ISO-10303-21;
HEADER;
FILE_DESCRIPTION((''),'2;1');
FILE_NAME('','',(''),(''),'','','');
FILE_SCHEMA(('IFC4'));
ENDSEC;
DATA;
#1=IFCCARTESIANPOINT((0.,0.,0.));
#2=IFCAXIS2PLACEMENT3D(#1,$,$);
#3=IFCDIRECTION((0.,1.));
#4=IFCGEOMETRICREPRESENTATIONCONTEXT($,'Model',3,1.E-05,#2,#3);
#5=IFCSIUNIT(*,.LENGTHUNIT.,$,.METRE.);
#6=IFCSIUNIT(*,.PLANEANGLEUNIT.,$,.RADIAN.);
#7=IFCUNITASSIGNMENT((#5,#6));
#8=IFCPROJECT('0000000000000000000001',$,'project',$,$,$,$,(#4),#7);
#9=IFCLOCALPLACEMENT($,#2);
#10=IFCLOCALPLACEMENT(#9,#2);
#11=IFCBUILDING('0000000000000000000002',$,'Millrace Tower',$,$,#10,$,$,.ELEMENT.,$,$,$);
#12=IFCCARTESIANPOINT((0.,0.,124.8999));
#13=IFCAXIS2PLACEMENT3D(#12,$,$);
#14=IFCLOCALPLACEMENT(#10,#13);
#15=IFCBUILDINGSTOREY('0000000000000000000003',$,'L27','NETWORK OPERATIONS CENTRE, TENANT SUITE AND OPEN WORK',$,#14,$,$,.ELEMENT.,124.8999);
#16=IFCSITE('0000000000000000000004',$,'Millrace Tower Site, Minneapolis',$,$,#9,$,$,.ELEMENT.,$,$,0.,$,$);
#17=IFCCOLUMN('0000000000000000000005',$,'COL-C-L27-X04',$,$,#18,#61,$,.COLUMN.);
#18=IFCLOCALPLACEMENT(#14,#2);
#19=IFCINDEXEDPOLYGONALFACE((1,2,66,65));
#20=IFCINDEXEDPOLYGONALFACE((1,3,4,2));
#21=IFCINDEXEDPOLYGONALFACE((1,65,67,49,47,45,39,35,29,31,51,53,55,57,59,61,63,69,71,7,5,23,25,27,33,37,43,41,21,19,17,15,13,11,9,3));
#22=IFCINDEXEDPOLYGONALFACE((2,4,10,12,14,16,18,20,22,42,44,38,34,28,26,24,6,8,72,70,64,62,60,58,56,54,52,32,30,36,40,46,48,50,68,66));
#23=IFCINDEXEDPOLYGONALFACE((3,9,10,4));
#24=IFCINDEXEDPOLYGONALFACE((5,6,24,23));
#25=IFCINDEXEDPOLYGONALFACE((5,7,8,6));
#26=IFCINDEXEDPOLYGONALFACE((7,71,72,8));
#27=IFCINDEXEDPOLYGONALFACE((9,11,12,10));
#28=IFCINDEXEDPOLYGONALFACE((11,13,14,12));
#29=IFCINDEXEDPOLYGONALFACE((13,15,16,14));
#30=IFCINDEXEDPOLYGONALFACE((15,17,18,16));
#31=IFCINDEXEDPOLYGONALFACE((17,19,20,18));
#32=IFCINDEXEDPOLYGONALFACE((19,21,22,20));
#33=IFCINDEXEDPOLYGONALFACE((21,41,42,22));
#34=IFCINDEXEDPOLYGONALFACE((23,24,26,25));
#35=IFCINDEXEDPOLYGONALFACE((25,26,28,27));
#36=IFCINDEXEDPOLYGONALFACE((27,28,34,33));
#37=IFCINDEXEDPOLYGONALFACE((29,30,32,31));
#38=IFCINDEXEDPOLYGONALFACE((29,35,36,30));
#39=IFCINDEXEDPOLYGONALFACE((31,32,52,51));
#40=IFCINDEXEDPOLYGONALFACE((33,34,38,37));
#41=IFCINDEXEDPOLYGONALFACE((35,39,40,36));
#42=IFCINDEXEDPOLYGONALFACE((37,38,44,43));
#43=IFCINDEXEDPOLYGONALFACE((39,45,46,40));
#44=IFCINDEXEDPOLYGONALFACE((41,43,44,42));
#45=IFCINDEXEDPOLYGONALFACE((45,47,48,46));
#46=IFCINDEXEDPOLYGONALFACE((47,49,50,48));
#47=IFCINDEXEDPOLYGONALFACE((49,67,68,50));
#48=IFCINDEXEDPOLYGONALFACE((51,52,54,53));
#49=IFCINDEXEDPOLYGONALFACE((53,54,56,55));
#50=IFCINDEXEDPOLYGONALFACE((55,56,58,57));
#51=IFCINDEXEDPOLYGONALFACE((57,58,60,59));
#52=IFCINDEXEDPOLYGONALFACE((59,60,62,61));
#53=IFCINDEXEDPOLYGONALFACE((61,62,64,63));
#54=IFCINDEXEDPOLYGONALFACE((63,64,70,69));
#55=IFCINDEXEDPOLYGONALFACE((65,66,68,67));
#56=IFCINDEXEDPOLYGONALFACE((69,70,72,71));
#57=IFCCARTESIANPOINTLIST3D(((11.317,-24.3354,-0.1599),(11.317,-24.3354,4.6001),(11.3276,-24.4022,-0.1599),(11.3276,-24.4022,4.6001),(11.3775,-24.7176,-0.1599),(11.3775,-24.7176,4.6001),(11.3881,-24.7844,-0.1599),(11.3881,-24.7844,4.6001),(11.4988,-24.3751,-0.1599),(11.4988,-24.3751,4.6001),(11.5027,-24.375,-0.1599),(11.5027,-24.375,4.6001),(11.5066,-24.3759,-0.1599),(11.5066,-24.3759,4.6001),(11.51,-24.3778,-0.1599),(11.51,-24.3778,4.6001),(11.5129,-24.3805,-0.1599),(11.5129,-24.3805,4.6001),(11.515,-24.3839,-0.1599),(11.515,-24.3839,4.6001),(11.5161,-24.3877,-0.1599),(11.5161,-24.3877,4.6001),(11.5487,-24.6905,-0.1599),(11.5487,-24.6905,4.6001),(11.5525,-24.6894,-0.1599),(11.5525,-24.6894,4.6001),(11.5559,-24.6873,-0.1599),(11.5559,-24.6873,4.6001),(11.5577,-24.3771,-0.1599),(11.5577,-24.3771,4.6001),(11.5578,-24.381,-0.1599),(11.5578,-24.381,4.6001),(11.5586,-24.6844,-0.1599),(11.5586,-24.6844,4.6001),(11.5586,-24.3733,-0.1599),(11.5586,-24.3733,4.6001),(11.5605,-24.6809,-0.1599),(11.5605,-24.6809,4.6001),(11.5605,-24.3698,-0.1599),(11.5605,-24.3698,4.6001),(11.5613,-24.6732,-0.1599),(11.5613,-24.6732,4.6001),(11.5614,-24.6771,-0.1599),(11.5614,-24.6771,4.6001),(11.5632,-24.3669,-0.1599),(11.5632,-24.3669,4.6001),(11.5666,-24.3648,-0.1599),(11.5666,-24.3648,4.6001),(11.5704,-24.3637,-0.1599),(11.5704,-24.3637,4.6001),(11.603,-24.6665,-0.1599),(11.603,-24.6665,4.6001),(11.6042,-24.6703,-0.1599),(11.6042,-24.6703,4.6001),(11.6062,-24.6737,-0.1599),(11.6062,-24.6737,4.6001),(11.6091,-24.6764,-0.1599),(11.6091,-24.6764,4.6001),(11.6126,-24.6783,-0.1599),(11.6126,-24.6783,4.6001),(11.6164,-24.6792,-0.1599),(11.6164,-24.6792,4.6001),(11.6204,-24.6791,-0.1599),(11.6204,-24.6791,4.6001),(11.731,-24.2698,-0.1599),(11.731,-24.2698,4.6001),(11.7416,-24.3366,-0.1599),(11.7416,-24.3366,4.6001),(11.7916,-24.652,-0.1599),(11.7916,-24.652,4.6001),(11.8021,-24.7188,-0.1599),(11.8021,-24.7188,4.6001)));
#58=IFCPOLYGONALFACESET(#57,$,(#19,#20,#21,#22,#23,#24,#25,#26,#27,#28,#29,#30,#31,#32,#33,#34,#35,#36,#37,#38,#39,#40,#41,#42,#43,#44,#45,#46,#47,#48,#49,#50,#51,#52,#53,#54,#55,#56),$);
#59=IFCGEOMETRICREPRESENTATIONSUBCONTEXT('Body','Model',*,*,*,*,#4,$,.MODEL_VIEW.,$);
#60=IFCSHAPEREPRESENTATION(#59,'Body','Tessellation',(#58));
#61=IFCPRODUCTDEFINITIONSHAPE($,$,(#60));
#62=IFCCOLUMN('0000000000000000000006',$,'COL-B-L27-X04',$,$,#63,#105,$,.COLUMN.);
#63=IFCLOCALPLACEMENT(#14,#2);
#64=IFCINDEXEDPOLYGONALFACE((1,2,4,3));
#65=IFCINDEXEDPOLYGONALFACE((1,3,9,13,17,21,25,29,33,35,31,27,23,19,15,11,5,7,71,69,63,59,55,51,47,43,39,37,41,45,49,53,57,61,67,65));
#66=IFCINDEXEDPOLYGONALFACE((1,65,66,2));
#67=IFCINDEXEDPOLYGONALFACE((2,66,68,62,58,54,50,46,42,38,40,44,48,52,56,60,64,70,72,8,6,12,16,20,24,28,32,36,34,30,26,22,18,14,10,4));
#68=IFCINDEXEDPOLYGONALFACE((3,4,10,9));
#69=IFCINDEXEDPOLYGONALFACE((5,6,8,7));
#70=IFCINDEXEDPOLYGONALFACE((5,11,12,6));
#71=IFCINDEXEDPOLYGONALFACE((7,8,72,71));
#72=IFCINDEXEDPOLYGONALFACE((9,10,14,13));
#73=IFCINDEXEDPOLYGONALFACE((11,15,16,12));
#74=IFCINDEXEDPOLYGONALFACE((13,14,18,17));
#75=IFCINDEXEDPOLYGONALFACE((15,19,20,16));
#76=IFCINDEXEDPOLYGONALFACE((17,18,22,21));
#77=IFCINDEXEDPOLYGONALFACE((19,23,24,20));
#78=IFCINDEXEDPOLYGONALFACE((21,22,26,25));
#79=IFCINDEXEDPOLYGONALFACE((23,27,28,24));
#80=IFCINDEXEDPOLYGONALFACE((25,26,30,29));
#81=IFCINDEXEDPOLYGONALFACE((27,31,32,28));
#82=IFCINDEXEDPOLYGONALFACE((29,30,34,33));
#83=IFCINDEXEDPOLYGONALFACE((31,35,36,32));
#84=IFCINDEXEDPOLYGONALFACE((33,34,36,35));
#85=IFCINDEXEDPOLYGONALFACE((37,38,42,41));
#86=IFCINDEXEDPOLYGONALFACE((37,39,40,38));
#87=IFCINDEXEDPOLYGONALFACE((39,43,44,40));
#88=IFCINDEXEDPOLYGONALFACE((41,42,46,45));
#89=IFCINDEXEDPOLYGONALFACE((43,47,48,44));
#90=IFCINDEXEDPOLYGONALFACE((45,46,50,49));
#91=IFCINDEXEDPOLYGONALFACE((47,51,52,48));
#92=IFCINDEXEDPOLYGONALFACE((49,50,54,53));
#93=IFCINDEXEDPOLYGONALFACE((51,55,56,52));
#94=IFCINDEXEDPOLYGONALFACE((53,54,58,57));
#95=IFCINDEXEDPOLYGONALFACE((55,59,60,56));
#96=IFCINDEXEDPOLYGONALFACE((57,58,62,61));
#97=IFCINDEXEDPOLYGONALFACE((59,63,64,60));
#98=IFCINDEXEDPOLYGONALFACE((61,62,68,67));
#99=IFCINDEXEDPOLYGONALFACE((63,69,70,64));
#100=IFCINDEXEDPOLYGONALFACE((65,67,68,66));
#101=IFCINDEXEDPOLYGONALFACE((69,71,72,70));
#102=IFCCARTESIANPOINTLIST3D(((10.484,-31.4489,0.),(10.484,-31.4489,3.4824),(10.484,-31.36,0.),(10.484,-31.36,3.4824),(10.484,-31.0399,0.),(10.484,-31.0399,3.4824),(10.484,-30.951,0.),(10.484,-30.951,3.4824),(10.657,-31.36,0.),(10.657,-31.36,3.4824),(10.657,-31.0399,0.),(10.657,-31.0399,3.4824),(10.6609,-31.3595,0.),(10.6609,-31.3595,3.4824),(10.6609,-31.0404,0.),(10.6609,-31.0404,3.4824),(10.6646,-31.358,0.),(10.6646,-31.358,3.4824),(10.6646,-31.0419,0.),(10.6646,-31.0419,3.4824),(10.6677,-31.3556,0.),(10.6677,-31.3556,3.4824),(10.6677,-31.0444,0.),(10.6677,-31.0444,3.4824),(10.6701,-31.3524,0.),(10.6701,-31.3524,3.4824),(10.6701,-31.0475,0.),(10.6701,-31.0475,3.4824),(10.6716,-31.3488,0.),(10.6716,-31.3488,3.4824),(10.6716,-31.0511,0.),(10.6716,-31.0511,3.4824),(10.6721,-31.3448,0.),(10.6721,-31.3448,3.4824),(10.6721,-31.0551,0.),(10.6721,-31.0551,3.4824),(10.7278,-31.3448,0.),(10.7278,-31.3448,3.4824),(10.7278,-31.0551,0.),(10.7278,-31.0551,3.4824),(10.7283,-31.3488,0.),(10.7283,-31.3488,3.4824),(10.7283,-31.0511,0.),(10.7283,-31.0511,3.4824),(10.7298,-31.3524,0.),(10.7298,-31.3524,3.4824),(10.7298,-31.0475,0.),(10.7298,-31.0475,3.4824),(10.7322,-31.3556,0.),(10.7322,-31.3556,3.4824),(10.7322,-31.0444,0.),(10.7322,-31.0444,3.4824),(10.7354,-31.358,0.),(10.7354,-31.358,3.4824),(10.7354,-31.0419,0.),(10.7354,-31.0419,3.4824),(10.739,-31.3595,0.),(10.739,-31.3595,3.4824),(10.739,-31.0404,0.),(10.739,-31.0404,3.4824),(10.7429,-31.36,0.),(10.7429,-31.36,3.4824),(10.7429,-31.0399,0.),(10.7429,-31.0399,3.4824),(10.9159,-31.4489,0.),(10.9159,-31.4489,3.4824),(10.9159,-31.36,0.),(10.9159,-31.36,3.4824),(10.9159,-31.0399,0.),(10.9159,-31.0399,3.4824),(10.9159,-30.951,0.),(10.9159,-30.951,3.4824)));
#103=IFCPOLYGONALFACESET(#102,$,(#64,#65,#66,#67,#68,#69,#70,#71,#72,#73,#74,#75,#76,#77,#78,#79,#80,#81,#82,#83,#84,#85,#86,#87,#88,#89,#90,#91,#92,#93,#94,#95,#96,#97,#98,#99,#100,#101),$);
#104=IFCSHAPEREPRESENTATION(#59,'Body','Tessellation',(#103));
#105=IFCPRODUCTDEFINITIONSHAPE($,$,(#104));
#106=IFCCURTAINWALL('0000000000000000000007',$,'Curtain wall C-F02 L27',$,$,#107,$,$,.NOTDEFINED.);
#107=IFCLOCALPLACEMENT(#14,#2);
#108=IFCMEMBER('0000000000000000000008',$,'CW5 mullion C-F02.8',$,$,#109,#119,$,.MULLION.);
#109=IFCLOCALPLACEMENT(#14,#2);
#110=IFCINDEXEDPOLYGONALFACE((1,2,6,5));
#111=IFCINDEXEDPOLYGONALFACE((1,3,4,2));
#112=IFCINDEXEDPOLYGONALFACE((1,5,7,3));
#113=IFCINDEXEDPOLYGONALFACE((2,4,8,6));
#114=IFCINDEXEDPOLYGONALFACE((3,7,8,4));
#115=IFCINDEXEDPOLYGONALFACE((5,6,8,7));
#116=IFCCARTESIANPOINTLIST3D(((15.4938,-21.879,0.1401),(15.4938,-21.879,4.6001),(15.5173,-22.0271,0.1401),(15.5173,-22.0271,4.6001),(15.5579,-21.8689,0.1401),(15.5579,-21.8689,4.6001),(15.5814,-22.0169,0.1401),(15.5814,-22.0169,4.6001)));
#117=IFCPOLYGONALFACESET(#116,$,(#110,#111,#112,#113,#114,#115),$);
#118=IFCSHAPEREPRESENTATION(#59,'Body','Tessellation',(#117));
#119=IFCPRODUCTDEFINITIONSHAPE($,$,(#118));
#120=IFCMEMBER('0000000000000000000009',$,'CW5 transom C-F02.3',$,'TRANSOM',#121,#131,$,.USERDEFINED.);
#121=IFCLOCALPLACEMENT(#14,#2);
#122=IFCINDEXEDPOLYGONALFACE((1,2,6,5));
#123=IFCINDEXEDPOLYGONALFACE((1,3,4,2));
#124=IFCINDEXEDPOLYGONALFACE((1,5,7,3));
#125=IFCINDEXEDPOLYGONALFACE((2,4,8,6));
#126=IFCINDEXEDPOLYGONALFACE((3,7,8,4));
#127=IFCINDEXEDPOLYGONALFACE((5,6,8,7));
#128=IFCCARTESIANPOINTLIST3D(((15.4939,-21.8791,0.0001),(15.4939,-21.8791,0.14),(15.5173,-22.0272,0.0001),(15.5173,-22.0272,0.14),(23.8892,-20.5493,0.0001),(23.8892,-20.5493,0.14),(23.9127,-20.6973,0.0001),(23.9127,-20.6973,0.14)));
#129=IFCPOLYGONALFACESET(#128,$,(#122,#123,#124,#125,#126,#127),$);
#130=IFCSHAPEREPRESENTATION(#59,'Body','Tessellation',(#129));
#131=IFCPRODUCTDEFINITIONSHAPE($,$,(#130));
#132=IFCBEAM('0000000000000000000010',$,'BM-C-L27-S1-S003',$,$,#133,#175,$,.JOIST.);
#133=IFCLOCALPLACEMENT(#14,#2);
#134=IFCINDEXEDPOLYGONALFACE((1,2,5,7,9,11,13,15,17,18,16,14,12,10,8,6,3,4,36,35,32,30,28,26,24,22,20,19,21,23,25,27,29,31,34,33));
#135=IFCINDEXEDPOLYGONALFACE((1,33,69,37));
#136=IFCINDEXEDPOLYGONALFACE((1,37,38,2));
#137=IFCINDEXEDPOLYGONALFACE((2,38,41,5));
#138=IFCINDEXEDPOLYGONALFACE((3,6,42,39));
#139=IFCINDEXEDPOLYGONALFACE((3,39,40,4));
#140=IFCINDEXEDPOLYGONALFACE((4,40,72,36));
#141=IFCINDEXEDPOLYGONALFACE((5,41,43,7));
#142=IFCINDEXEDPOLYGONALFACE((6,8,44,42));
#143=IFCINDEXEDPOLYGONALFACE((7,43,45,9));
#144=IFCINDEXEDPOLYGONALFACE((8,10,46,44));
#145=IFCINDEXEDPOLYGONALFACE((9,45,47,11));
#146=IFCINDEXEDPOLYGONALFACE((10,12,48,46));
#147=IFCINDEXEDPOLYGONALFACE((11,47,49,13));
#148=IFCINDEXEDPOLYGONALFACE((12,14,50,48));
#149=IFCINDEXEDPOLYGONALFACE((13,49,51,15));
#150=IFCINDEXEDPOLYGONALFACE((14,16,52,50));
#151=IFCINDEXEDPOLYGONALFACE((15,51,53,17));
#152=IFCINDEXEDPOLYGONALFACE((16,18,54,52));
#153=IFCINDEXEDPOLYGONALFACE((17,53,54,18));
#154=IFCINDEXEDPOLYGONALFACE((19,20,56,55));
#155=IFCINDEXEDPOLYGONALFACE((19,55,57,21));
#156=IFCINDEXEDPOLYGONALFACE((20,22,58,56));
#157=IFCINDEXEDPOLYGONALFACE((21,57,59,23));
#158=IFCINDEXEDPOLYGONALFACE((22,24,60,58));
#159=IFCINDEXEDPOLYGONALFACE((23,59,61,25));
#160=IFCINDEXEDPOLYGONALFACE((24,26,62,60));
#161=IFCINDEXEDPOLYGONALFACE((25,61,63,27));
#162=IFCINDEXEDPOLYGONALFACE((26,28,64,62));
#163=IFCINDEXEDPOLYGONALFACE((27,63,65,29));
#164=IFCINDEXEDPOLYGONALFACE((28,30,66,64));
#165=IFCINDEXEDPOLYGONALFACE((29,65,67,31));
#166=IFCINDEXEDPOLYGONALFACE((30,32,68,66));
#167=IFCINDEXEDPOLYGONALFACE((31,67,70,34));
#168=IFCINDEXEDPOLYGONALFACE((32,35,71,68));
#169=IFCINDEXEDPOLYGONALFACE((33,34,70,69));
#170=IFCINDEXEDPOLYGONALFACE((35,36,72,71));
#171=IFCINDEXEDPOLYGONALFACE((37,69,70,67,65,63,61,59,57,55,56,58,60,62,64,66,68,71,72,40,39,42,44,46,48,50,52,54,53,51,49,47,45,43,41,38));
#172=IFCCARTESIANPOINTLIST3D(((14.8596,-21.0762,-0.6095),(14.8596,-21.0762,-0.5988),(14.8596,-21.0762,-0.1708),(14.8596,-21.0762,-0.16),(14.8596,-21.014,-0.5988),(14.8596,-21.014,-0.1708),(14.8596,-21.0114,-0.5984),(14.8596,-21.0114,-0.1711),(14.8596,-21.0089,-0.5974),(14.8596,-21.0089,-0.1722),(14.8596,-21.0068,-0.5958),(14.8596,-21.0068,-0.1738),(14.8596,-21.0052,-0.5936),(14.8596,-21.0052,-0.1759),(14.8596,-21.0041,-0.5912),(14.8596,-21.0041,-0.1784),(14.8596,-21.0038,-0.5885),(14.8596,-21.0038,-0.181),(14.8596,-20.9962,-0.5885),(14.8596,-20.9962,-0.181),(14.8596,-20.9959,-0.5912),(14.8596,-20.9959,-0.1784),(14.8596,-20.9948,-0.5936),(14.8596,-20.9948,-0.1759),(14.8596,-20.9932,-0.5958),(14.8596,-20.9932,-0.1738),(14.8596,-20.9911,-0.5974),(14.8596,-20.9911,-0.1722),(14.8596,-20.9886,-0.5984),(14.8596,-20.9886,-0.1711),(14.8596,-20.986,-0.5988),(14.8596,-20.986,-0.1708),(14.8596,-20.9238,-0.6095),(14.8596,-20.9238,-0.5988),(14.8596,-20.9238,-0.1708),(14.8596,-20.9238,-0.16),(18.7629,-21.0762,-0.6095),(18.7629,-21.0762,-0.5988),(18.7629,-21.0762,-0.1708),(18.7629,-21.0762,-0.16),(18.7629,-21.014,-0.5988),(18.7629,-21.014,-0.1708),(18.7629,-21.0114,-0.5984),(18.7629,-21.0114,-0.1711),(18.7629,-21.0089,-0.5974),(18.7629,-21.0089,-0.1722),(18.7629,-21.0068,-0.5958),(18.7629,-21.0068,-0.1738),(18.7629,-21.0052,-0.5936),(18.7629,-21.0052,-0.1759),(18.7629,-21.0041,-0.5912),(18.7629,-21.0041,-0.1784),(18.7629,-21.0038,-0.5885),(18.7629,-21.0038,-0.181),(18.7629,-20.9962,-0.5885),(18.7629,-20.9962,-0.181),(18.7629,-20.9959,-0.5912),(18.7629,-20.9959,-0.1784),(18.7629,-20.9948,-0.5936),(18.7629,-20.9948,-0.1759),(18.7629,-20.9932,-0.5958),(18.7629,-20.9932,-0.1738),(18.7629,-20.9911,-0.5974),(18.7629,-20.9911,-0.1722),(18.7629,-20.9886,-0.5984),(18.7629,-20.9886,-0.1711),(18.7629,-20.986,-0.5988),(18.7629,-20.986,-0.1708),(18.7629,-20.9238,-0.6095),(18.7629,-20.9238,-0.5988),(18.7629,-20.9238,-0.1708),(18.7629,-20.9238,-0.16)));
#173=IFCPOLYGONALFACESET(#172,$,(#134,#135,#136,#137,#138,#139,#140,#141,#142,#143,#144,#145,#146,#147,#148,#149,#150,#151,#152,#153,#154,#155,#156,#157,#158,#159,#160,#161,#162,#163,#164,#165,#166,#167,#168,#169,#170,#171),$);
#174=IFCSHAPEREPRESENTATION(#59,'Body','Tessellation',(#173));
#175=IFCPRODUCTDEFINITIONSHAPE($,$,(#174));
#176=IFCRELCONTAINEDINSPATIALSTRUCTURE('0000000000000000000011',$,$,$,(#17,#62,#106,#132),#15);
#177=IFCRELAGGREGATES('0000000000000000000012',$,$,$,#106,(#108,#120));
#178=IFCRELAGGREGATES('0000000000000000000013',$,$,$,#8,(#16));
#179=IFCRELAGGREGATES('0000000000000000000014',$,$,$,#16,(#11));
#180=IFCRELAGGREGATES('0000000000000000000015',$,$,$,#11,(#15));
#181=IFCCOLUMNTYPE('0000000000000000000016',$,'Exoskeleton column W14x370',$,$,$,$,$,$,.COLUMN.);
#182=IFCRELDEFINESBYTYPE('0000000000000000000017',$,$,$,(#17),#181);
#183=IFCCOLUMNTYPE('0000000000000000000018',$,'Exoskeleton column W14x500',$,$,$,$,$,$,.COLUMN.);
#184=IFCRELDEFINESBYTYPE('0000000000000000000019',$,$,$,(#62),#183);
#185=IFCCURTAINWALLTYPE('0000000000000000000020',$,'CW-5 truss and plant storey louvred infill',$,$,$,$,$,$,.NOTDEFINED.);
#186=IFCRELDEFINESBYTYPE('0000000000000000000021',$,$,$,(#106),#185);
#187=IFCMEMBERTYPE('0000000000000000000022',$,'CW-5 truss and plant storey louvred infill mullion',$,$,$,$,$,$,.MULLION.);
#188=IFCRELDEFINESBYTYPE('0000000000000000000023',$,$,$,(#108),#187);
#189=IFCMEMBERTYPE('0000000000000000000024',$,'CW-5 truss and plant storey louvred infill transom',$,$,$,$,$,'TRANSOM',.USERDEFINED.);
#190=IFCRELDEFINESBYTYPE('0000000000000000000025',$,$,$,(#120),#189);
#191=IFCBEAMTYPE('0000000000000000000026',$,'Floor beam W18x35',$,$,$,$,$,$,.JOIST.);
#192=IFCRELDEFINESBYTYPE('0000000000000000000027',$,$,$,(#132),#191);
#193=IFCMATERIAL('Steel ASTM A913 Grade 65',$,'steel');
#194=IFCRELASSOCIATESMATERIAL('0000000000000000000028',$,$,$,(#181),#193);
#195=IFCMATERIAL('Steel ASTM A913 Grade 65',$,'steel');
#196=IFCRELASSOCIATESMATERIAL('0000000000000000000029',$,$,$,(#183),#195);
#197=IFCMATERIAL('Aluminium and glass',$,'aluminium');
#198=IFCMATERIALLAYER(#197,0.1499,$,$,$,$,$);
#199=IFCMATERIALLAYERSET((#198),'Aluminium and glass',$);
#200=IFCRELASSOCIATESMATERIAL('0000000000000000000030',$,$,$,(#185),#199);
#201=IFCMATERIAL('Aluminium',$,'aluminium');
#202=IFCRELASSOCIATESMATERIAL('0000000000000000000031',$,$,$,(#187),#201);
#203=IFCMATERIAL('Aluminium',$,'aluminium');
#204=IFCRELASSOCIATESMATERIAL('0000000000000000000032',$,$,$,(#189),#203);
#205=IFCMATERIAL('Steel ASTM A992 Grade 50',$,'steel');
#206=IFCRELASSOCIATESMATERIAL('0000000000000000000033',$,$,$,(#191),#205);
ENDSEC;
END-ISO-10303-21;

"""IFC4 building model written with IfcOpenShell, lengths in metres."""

from ifc_helpers import new_model, si_unit, direction, frame, origin, origin_2d, place, context, subcontext, project, spatial, rectangle, i_section, extrude, material, layer, layer_set, material_profile, profile_set, type_object, element, aggregate, save


model = new_model("IFC4")

# Units and contexts
model_context = context("Model", 3, precision=1e-05, world=origin(), true_north=direction((0.0, 1.0)))
body_context = subcontext(model_context, "Body", "Model", "MODEL_VIEW")
ifc_project = project(units=[si_unit("LENGTHUNIT", "METRE"), si_unit("PLANEANGLEUNIT", "RADIAN")], contexts=[model_context])

# Site, building, storey
site_placement = place(None, origin())
site = spatial("IfcSite", under=ifc_project, at=site_placement, Name="Millrace Tower Site, Minneapolis", CompositionType="ELEMENT", RefElevation=0.0)
building_placement = place(site_placement, origin())
building = spatial("IfcBuilding", under=site, at=building_placement, Name="Millrace Tower", CompositionType="ELEMENT")
storey_placement = place(building_placement, frame((0.0, 0.0, 124.8999)))
storey = spatial("IfcBuildingStorey", under=building, at=storey_placement, Name="L27", Description="NETWORK OPERATIONS CENTRE, TENANT SUITE AND OPEN WORK", CompositionType="ELEMENT", Elevation=124.8999)

# Columns
ifc_material_1 = material(Name="Steel ASTM A913 Grade 65", Category="steel")
ifc_material_profile_1 = material_profile(ifc_material_1, i_section(OverallWidth=0.4192, OverallDepth=0.4546, WebThickness=0.0422, FlangeThickness=0.0676, FilletRadius=0.0151, at=origin_2d()))
ifc_profile_set_1 = profile_set([ifc_material_profile_1], Name="Steel ASTM A913 Grade 65")
column_type_1 = type_object("IfcColumnType", Name="Exoskeleton column W14x370", PredefinedType="COLUMN", material=ifc_profile_set_1)
column_1_placement = place(storey_placement, frame((11.5596, -24.5271, -0.1599), z_axis=(0.0, 0.0, 1.0), x_axis=(0.987688, 0.156434, 0.0)))
element("IfcColumn", 1, at=column_1_placement, inside=storey, type_object=column_type_1, Name="COL-C-L27-X04", PredefinedType="COLUMN", context=body_context, shape_type="SweptSolid", body=[
    extrude(i_section(OverallWidth=0.4192, OverallDepth=0.4546, WebThickness=0.0422, FlangeThickness=0.0676, FilletRadius=0.0151, at=origin_2d()), origin(), (0.0, 0.0, 1.0), 4.76),
])
ifc_material_2 = material(Name="Steel ASTM A913 Grade 65", Category="steel")
ifc_material_profile_2 = material_profile(ifc_material_2, i_section(OverallWidth=0.4319, OverallDepth=0.4978, WebThickness=0.0557, FlangeThickness=0.0889, FilletRadius=0.0151, at=origin_2d()))
ifc_profile_set_2 = profile_set([ifc_material_profile_2], Name="Steel ASTM A913 Grade 65")
column_type_2 = type_object("IfcColumnType", Name="Exoskeleton column W14x500", PredefinedType="COLUMN", material=ifc_profile_set_2)
column_2_placement = place(storey_placement, frame((10.7, -31.2, 0.0), z_axis=(0.0, 0.0, 1.0), x_axis=(1.0, 0.0, 0.0)))
element("IfcColumn", 2, at=column_2_placement, inside=storey, type_object=column_type_2, Name="COL-B-L27-X04", PredefinedType="COLUMN", context=body_context, shape_type="SweptSolid", body=[
    extrude(i_section(OverallWidth=0.4319, OverallDepth=0.4978, WebThickness=0.0557, FlangeThickness=0.0889, FilletRadius=0.0151, at=origin_2d()), origin(), (0.0, 0.0, 1.0), 3.4824),
])

# Curtain wall, members
ifc_material_3 = material(Name="Aluminium and glass", Category="aluminium")
ifc_layer_1 = layer(ifc_material_3, 0.1499)
ifc_layer_set_1 = layer_set([ifc_layer_1], Name="Aluminium and glass")
curtain_wall_type = type_object("IfcCurtainWallType", Name="CW-5 truss and plant storey louvred infill", PredefinedType="NOTDEFINED", material=ifc_layer_set_1)
curtain_wall_placement = place(storey_placement, origin())
curtain_wall = element("IfcCurtainWall", 3, at=curtain_wall_placement, inside=storey, type_object=curtain_wall_type, Name="Curtain wall C-F02 L27", PredefinedType="NOTDEFINED")
ifc_material_4 = material(Name="Aluminium", Category="aluminium")
ifc_material_profile_3 = material_profile(ifc_material_4, rectangle(XDim=0.0649, YDim=0.1499, at=origin_2d()))
ifc_profile_set_3 = profile_set([ifc_material_profile_3], Name="Aluminium")
member_type_1 = type_object("IfcMemberType", Name="CW-5 truss and plant storey louvred infill mullion", PredefinedType="MULLION", material=ifc_profile_set_3)
member_1_placement = place(storey_placement, frame((15.5376, -21.948, 0.1401), z_axis=(0.0, 0.0, 1.0), x_axis=(0.987688, 0.156434, 0.0)))
member_1 = element("IfcMember", 4, at=member_1_placement, type_object=member_type_1, Name="CW5 mullion C-F02.8", PredefinedType="MULLION", context=body_context, shape_type="SweptSolid", body=[
    extrude(rectangle(XDim=0.0649, YDim=0.1499, at=origin_2d()), origin(), (0.0, 0.0, 1.0), 4.46),
])
ifc_material_5 = material(Name="Aluminium", Category="aluminium")
ifc_material_profile_4 = material_profile(ifc_material_5, rectangle(XDim=0.1499, YDim=0.1399, at=origin_2d()))
ifc_profile_set_4 = profile_set([ifc_material_profile_4], Name="Aluminium")
member_type_2 = type_object("IfcMemberType", Name="CW-5 truss and plant storey louvred infill transom", ElementType="TRANSOM", PredefinedType="USERDEFINED", material=ifc_profile_set_4)
member_2_placement = place(storey_placement, frame((15.5056, -21.9531, 0.0701), z_axis=(0.987686, 0.156452, 0.0), x_axis=(-0.156452, 0.987686, 0.0)))
member_2 = element("IfcMember", 5, at=member_2_placement, type_object=member_type_2, Name="CW5 transom C-F02.3", ObjectType="TRANSOM", PredefinedType="USERDEFINED", context=body_context, shape_type="SweptSolid", body=[
    extrude(rectangle(XDim=0.1499, YDim=0.1399, at=origin_2d()), origin(), (0.0, 0.0, 1.0), 8.5),
])
aggregate(curtain_wall, [member_1, member_2])

# Beam
ifc_material_6 = material(Name="Steel ASTM A992 Grade 50", Category="steel")
ifc_material_profile_5 = material_profile(ifc_material_6, i_section(OverallWidth=0.1523, OverallDepth=0.4495, WebThickness=0.0076, FlangeThickness=0.0107, FilletRadius=0.0103, at=origin_2d()))
ifc_profile_set_5 = profile_set([ifc_material_profile_5], Name="Steel ASTM A992 Grade 50")
beam_type_1 = type_object("IfcBeamType", Name="Floor beam W18x35", PredefinedType="JOIST", material=ifc_profile_set_5)
beam_1_placement = place(storey_placement, frame((14.8596, -21.0, -0.3848), z_axis=(1.0, 0.0, 0.0), x_axis=(0.0, 1.0, 0.0)))
element("IfcBeam", 6, at=beam_1_placement, inside=storey, type_object=beam_type_1, Name="BM-C-L27-S1-S003", PredefinedType="JOIST", context=body_context, shape_type="SweptSolid", body=[
    extrude(i_section(OverallWidth=0.1523, OverallDepth=0.4495, WebThickness=0.0076, FlangeThickness=0.0107, FilletRadius=0.0103, at=origin_2d()), origin(), (0.0, 0.0, 1.0), 3.9033),
])

save(model, "model.ifc")
